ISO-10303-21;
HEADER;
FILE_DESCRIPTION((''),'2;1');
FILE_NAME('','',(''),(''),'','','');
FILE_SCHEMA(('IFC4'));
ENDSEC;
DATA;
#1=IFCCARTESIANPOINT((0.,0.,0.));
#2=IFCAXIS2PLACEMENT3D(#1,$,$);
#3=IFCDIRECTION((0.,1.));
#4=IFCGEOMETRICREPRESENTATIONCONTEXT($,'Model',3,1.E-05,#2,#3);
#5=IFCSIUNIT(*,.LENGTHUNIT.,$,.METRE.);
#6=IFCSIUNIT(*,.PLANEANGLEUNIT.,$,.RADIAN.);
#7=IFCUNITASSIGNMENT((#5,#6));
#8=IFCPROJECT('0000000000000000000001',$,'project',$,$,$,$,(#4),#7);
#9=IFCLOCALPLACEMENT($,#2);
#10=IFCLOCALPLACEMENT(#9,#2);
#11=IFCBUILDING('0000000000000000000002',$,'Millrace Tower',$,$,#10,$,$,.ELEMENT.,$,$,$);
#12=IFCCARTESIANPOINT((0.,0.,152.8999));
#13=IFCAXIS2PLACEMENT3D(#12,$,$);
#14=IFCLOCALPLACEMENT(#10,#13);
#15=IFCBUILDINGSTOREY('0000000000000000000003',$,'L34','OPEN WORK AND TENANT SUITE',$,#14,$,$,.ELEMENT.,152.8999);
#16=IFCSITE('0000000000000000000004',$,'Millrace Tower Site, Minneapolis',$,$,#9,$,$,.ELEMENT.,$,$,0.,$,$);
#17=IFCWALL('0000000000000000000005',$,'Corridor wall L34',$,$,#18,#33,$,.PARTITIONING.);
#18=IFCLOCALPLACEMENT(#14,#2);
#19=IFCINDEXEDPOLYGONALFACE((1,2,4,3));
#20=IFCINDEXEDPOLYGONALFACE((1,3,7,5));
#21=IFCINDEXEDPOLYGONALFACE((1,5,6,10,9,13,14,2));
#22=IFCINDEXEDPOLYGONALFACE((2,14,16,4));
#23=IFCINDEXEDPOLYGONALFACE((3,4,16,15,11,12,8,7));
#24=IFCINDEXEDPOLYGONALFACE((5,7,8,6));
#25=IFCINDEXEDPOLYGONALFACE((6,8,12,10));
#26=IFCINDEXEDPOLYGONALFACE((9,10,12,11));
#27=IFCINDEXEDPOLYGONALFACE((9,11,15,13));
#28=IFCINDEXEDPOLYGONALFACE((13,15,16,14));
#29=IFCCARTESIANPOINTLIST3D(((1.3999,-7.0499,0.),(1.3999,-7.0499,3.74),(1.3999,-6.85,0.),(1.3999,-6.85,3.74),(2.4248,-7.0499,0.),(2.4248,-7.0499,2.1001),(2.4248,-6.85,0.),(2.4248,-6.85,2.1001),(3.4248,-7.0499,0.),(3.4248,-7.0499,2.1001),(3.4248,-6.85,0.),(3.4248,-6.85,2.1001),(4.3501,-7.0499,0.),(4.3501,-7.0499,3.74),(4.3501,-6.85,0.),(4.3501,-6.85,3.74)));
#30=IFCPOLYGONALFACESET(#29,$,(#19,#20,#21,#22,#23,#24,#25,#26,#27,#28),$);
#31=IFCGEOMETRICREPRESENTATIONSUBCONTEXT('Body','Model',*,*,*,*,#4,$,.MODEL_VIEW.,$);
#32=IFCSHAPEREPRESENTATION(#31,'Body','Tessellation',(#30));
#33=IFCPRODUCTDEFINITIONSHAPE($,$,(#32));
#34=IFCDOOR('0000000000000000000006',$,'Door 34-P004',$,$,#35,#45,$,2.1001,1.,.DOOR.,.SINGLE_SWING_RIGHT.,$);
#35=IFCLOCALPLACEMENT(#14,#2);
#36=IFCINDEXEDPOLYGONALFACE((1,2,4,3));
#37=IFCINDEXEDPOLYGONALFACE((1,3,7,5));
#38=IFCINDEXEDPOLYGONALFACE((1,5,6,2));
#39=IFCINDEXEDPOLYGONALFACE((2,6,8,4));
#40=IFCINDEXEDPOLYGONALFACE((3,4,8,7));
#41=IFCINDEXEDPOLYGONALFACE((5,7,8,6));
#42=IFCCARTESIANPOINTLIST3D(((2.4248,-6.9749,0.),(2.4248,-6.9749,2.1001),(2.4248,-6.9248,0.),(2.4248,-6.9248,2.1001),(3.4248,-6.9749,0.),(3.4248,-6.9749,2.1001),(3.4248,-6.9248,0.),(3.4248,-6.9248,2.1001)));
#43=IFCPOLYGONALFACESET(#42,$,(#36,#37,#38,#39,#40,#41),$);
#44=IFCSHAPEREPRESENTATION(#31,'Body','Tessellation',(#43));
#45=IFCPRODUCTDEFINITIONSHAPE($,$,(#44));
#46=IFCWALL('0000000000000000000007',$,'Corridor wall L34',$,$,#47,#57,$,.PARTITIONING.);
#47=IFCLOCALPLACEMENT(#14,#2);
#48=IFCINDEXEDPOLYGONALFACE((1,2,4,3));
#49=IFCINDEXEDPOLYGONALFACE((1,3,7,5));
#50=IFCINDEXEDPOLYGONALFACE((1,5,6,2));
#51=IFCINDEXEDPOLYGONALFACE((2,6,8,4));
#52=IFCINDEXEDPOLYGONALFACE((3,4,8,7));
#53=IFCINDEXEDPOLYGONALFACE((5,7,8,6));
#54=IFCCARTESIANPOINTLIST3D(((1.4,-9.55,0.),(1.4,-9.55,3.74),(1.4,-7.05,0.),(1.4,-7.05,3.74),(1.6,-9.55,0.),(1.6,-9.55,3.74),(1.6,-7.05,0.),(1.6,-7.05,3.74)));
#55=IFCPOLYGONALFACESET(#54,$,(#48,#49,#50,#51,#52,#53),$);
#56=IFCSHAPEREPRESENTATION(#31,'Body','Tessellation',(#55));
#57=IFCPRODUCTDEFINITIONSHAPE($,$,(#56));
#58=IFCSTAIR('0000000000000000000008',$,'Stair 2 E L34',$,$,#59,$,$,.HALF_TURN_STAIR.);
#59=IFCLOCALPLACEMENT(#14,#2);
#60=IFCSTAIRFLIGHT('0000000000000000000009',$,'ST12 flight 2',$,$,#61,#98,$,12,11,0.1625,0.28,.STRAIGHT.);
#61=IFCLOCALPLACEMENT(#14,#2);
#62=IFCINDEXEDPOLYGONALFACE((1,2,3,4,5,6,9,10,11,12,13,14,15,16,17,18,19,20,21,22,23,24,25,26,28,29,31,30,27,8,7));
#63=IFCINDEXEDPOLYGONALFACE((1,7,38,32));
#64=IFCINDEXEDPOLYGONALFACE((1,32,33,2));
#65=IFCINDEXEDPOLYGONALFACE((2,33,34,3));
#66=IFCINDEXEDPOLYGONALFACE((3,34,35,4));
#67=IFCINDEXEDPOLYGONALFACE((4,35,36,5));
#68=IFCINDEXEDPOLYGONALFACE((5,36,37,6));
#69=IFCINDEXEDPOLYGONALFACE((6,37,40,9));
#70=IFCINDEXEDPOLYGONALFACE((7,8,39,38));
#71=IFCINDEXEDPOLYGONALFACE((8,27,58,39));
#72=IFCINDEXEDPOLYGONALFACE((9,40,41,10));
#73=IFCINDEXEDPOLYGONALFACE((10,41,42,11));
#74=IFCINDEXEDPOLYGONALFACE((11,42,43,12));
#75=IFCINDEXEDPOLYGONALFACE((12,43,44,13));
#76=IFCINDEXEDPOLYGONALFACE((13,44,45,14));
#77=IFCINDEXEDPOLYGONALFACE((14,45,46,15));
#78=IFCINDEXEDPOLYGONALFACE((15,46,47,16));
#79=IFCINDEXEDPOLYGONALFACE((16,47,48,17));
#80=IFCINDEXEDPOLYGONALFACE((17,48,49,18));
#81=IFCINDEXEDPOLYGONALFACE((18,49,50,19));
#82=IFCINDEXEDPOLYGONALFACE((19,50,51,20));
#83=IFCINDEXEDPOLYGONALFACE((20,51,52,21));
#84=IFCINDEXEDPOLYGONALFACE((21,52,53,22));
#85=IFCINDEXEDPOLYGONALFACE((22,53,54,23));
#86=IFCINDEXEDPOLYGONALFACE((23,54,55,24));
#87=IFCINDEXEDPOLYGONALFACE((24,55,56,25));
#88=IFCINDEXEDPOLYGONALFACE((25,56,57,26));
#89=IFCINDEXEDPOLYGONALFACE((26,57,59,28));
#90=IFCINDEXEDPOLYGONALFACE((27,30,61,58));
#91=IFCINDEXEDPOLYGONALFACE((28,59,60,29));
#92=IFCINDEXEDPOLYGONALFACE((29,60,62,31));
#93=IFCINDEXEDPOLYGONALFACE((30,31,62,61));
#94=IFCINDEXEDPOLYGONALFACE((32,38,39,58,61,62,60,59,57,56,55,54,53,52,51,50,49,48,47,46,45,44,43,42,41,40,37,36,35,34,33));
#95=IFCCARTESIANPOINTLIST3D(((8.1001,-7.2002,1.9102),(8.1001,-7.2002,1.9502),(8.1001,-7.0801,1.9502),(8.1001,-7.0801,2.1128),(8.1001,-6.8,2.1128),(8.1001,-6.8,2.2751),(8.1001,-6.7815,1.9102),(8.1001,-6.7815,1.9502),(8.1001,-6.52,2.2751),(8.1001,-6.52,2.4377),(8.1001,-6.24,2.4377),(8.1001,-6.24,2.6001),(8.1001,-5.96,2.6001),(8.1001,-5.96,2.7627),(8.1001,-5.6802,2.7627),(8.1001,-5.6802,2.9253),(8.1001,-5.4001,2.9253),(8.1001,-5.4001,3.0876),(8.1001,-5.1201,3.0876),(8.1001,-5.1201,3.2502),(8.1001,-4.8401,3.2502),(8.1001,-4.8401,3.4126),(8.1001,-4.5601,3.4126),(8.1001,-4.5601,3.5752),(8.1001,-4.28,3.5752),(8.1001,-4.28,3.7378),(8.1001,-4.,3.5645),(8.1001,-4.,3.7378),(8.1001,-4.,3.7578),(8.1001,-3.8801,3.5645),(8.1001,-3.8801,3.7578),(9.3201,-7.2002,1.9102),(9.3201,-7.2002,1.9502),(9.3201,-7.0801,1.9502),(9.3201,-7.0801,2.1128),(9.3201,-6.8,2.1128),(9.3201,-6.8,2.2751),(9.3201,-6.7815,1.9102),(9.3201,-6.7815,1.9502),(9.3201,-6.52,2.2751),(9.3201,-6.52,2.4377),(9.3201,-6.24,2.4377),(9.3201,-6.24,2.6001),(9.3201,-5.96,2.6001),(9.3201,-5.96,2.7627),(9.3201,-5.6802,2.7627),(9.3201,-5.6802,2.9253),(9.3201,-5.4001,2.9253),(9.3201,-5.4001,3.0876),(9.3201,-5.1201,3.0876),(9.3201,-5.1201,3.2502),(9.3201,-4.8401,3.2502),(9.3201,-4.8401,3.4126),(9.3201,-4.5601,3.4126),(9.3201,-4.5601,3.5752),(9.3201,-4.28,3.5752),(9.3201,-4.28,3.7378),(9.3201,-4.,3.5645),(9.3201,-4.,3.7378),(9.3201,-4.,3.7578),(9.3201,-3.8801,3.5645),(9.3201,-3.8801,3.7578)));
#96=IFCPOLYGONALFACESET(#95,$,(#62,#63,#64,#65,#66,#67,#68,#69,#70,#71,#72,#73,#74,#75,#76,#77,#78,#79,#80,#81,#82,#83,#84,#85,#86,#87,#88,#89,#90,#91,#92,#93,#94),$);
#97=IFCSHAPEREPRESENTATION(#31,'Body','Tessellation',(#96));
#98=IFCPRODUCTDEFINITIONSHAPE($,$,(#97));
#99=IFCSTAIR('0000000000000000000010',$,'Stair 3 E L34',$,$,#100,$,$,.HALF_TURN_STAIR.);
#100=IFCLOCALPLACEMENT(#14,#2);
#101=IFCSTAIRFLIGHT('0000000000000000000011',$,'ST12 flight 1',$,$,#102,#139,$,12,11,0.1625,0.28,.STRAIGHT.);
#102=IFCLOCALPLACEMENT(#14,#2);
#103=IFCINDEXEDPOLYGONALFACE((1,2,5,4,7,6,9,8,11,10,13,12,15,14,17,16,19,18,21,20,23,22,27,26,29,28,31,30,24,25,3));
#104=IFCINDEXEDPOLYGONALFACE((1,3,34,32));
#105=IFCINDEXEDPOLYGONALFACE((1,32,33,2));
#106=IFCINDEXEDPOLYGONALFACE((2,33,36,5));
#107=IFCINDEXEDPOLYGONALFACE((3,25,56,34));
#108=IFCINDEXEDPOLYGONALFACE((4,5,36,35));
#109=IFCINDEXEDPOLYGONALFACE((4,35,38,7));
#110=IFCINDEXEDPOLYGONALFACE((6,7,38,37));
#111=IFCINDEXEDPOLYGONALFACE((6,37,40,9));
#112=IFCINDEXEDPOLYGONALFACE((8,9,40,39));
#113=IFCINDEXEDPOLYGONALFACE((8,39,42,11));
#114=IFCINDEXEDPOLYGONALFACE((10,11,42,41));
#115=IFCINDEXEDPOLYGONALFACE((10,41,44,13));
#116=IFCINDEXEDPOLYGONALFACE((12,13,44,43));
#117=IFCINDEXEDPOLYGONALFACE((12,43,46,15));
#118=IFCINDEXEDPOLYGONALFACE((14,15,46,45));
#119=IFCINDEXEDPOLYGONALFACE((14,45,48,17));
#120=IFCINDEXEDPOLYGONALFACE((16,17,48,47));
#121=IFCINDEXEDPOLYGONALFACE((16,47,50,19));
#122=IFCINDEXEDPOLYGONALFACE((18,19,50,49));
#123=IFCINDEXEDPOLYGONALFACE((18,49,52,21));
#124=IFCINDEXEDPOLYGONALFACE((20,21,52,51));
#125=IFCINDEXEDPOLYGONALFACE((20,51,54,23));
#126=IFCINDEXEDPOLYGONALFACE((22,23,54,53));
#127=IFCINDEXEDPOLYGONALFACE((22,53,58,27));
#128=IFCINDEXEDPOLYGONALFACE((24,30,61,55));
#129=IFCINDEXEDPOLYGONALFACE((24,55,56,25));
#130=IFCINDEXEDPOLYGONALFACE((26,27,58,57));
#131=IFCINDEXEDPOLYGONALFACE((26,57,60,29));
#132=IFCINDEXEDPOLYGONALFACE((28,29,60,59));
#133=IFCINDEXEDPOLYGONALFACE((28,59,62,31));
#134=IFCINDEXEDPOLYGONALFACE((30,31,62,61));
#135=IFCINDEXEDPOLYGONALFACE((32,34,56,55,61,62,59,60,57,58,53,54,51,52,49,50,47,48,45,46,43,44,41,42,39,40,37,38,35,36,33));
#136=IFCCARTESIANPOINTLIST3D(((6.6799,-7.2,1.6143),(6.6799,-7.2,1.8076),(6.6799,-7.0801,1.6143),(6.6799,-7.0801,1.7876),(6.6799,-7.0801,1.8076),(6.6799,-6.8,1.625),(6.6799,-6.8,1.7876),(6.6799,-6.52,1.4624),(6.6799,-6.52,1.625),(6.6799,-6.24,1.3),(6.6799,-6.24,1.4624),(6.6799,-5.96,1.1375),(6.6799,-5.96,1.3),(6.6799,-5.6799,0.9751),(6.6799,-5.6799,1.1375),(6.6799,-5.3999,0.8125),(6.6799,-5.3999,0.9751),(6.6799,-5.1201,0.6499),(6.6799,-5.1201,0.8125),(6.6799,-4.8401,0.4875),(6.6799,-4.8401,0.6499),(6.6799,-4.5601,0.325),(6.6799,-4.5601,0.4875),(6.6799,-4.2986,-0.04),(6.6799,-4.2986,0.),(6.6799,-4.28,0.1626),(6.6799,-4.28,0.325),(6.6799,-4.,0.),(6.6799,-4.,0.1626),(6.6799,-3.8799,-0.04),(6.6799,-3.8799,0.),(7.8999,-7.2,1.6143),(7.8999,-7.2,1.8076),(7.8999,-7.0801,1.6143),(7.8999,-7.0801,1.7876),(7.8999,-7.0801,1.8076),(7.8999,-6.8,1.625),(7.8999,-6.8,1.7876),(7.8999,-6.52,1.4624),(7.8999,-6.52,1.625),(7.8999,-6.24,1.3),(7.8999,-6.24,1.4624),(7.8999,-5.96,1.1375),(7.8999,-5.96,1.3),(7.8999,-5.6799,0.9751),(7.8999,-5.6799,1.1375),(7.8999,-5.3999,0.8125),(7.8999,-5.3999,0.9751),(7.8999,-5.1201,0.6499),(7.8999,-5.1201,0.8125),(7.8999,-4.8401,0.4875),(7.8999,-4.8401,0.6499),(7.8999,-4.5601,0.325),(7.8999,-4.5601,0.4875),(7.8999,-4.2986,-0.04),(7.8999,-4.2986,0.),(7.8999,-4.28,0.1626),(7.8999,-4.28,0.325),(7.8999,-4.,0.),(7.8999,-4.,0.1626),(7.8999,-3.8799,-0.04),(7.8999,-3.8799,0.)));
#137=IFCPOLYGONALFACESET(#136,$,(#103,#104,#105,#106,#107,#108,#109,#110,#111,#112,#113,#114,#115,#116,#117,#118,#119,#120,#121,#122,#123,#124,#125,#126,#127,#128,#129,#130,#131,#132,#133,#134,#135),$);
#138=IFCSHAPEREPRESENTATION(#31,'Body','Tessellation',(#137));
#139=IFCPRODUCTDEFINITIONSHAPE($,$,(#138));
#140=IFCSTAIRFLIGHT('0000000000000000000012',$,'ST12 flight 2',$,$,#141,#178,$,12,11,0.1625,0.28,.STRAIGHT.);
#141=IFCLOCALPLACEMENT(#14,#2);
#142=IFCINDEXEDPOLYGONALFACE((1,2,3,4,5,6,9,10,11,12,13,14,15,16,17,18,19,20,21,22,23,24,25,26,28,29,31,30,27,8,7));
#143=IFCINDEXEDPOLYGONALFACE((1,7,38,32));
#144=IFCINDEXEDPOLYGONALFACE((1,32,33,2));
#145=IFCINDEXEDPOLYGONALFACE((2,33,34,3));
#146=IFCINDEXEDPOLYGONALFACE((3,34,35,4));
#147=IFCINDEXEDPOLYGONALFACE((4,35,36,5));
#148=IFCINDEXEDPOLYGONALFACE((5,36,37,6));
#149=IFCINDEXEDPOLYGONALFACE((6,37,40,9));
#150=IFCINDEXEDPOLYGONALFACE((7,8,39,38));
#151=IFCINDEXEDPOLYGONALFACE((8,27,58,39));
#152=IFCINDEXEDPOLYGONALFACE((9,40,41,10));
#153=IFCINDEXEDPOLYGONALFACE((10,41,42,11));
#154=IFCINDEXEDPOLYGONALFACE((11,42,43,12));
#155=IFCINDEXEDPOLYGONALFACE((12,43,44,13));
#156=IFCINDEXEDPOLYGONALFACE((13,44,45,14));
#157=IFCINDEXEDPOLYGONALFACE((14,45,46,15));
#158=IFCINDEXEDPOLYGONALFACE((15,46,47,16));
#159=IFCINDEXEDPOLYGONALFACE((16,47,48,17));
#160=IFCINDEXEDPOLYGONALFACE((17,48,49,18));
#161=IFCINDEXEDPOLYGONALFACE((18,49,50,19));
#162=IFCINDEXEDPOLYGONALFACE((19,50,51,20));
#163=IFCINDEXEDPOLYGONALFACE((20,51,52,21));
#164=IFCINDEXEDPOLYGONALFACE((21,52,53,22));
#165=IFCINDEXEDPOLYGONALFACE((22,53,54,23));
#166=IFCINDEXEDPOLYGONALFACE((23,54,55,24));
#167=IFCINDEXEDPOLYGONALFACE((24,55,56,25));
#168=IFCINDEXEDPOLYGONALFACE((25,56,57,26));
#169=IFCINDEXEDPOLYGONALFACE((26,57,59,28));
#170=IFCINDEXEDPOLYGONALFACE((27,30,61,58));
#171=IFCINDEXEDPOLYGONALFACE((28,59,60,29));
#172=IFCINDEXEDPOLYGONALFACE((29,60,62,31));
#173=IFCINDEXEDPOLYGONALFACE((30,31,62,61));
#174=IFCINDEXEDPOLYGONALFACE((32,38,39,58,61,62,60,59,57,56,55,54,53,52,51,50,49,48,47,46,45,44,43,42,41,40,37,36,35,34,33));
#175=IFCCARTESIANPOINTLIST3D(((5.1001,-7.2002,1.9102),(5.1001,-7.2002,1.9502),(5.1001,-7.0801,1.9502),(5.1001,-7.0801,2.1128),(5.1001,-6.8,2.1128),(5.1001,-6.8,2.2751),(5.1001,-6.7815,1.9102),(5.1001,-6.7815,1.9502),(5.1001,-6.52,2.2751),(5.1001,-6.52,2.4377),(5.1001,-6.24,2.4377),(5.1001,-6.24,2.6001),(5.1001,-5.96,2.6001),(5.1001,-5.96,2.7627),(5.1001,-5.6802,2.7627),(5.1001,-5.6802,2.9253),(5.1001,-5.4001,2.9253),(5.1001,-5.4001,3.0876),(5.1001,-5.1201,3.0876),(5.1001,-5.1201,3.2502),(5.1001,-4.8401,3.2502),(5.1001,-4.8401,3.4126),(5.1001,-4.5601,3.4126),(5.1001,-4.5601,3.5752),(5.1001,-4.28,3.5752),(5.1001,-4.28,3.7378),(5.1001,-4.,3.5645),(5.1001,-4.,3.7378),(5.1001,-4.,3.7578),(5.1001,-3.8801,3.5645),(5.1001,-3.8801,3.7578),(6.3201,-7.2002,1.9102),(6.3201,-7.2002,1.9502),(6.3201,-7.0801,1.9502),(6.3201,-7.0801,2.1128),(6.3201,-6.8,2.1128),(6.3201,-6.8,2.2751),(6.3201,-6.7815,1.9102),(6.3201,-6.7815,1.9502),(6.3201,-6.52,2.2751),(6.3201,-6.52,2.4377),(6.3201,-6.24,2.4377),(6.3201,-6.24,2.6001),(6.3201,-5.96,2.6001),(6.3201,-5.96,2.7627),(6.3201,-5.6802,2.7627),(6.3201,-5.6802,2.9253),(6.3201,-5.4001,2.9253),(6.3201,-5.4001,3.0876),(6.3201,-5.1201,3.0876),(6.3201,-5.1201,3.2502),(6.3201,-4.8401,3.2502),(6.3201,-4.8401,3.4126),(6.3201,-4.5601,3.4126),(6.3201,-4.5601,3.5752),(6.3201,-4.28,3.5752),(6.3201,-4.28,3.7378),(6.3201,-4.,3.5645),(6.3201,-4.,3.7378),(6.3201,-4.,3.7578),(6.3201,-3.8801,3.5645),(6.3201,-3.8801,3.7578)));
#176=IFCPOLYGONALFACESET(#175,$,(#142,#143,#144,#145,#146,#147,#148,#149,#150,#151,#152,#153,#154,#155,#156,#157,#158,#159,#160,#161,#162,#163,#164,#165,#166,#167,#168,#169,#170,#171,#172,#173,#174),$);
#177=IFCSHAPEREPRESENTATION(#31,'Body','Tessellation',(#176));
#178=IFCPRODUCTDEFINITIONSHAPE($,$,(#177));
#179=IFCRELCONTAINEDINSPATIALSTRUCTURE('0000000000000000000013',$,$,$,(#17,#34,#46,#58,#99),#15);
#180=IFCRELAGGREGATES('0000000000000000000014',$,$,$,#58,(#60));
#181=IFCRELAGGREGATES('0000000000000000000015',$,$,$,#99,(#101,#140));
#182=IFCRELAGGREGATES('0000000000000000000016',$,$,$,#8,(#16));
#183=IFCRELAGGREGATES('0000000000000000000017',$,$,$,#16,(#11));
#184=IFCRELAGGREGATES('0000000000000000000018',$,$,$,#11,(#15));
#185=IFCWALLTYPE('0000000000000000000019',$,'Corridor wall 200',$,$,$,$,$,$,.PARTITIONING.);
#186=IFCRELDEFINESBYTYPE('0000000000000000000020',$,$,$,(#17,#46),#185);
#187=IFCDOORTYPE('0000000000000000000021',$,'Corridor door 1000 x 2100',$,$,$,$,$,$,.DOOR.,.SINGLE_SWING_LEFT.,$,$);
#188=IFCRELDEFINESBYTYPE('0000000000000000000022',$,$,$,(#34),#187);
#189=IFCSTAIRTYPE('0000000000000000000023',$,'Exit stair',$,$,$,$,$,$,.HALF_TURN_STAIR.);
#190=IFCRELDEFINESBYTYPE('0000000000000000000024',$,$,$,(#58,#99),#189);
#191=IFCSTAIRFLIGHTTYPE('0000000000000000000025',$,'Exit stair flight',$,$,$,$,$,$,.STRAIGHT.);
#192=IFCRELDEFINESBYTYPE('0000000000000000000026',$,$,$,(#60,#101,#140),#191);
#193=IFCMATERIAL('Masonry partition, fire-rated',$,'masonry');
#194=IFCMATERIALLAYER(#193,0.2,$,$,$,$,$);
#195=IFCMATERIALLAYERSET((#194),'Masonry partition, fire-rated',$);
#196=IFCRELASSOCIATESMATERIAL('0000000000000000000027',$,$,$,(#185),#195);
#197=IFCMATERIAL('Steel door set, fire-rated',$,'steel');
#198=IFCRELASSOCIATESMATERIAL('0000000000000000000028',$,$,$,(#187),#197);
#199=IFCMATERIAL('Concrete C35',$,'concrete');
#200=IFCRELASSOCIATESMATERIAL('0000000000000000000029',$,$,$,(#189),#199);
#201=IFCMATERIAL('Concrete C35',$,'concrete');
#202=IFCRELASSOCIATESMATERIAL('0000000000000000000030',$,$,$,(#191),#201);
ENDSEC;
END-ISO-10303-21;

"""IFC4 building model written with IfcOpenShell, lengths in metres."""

from ifc_helpers import new_model, si_unit, direction, frame, frame_2d, origin, place, context, subcontext, project, spatial, polyline, rectangle, outline, extrude, material, layer, layer_set, type_object, element, fill, aggregate, save


model = new_model("IFC4")

# Units and contexts
model_context = context("Model", 3, precision=1e-05, world=origin(), true_north=direction((0.0, 1.0)))
body_context = subcontext(model_context, "Body", "Model", "MODEL_VIEW")
ifc_project = project(units=[si_unit("LENGTHUNIT", "METRE"), si_unit("PLANEANGLEUNIT", "RADIAN")], contexts=[model_context])

# Site, building, storey
site_placement = place(None, origin())
site = spatial("IfcSite", under=ifc_project, at=site_placement, Name="Millrace Tower Site, Minneapolis", CompositionType="ELEMENT", RefElevation=0.0)
building_placement = place(site_placement, origin())
building = spatial("IfcBuilding", under=site, at=building_placement, Name="Millrace Tower", CompositionType="ELEMENT")
storey_placement = place(building_placement, frame((0.0, 0.0, 152.8999)))
storey = spatial("IfcBuildingStorey", under=building, at=storey_placement, Name="L34", Description="OPEN WORK AND TENANT SUITE", CompositionType="ELEMENT", Elevation=152.8999)

# Shared definitions
placement = place(storey_placement, origin())

# Shared definitions
ifc_material_1 = material(Name="Masonry partition, fire-rated", Category="masonry")
ifc_layer_1 = layer(ifc_material_1, 0.2)
ifc_layer_set_1 = layer_set([ifc_layer_1], Name="Masonry partition, fire-rated")
wall_type = type_object("IfcWallType", Name="Corridor wall 200", PredefinedType="PARTITIONING", material=ifc_layer_set_1)

# Wall, opening, door
wall_1_placement = place(storey_placement, frame((1.3999, -6.95, 0.0), z_axis=(0.0, 0.0, 1.0), x_axis=(1.0, 0.0, 0.0)))
wall_1 = element("IfcWall", 1, at=wall_1_placement, inside=storey, type_object=wall_type, Name="Corridor wall L34", PredefinedType="PARTITIONING", context=body_context, shape_type="SweptSolid", body=[
    extrude(rectangle(XDim=2.9502, YDim=0.2, at=frame_2d((1.4751, 0.0))), origin(), (0.0, 0.0, 1.0), 3.74),
])
opening_placement = place(wall_1_placement, frame((1.0249, 0.0, 0.0)))
opening = element("IfcOpeningElement", 2, at=opening_placement, cuts=wall_1, PredefinedType="OPENING", context=body_context, shape_type="SweptSolid", body=[
    extrude(rectangle(XDim=1.0, YDim=2.1001, at=frame_2d((0.5, 1.05))), frame((0.0, 0.1099, 0.0), z_axis=(0.0, -1.0, 0.0), x_axis=(1.0, 0.0, 0.0)), (0.0, 0.0, 1.0), 0.22),
])
ifc_material_2 = material(Name="Steel door set, fire-rated", Category="steel")
door_type = type_object("IfcDoorType", Name="Corridor door 1000 x 2100", OperationType="SINGLE_SWING_LEFT", PredefinedType="DOOR", material=ifc_material_2)
door_placement = place(opening_placement, frame((1.0, 0.0, 0.0), z_axis=(0.0, 0.0, 1.0), x_axis=(-1.0, 0.0, 0.0)))
door = element("IfcDoor", 3, at=door_placement, inside=storey, type_object=door_type, Name="Door 34-P004", OperationType="SINGLE_SWING_RIGHT", OverallHeight=2.1001, OverallWidth=1.0, PredefinedType="DOOR", context=body_context, shape_type="SweptSolid", body=[
    extrude(rectangle(XDim=1.0, YDim=2.1001, at=frame_2d((0.5, 1.05))), frame((0.0, 0.0249, 0.0), z_axis=(0.0, -1.0, 0.0), x_axis=(1.0, 0.0, 0.0)), (0.0, 0.0, 1.0), 0.05),
])
fill(opening, door)

# Wall
wall_2_placement = place(storey_placement, frame((1.5, -9.55, 0.0), z_axis=(0.0, 0.0, 1.0), x_axis=(0.0, 1.0, 0.0)))
element("IfcWall", 4, at=wall_2_placement, inside=storey, type_object=wall_type, Name="Corridor wall L34", PredefinedType="PARTITIONING", context=body_context, shape_type="SweptSolid", body=[
    extrude(rectangle(XDim=2.5, YDim=0.2, at=frame_2d((1.25, 0.0))), origin(), (0.0, 0.0, 1.0), 3.74),
])

# Stair, stair flight
ifc_material_3 = material(Name="Concrete C35", Category="concrete")
stair_type = type_object("IfcStairType", Name="Exit stair", PredefinedType="HALF_TURN_STAIR", material=ifc_material_3)
stair_1 = element("IfcStair", 5, at=placement, inside=storey, type_object=stair_type, Name="Stair 2 E L34", PredefinedType="HALF_TURN_STAIR")
ifc_material_4 = material(Name="Concrete C35", Category="concrete")
stair_flight_type = type_object("IfcStairFlightType", Name="Exit stair flight", PredefinedType="STRAIGHT", material=ifc_material_4)
stair_flight_1_placement = place(storey_placement, frame((8.71, -7.0801, 1.9502), z_axis=(0.0, 0.0, 1.0), x_axis=(0.0, 1.0, 0.0)))
stair_flight_1 = element("IfcStairFlight", 6, at=stair_flight_1_placement, type_object=stair_flight_type, Name="ST12 flight 2", NumberOfRisers=12, NumberOfTreads=11, PredefinedType="STRAIGHT", RiserHeight=0.1625, TreadLength=0.28, context=body_context, shape_type="SweptSolid", body=[
    extrude(outline(polyline([(-0.1201, -0.04), (-0.1201, 0.0), (0.0, 0.0), (0.0, 0.1626), (0.28, 0.1626), (0.28, 0.325), (0.5601, 0.325), (0.5601, 0.4875), (0.8401, 0.4875), (0.8401, 0.6499), (1.1201, 0.6499), (1.1201, 0.8125), (1.3999, 0.8125), (1.3999, 0.9751), (1.6799, 0.9751), (1.6799, 1.1375), (1.96, 1.1375), (1.96, 1.3), (2.24, 1.3), (2.24, 1.4624), (2.52, 1.4624), (2.52, 1.625), (2.8, 1.625), (2.8, 1.7876), (3.0801, 1.7876), (3.0801, 1.8076), (3.2, 1.8076), (3.2, 1.6143), (3.0801, 1.6143), (0.2986, 0.0), (0.2986, -0.04), (-0.1201, -0.04)])), frame((0.0, 0.6099, 0.0), z_axis=(0.0, -1.0, 0.0), x_axis=(1.0, 0.0, 0.0)), (0.0, 0.0, 1.0), 1.22),
])
aggregate(stair_1, [stair_flight_1])

# Stair, stair flights
stair_2 = element("IfcStair", 7, at=placement, inside=storey, type_object=stair_type, Name="Stair 3 E L34", PredefinedType="HALF_TURN_STAIR")
stair_flight_2_placement = place(storey_placement, frame((7.29, -4.0, 0.0), z_axis=(0.0, 0.0, 1.0), x_axis=(0.0, -1.0, 0.0)))
stair_flight_2 = element("IfcStairFlight", 8, at=stair_flight_2_placement, type_object=stair_flight_type, Name="ST12 flight 1", NumberOfRisers=12, NumberOfTreads=11, PredefinedType="STRAIGHT", RiserHeight=0.1625, TreadLength=0.28, context=body_context, shape_type="SweptSolid", body=[
    extrude(outline(polyline([(-0.1201, -0.04), (-0.1201, 0.0), (0.0, 0.0), (0.0, 0.1626), (0.28, 0.1626), (0.28, 0.325), (0.5601, 0.325), (0.5601, 0.4875), (0.8401, 0.4875), (0.8401, 0.6499), (1.1201, 0.6499), (1.1201, 0.8125), (1.3999, 0.8125), (1.3999, 0.9751), (1.6799, 0.9751), (1.6799, 1.1375), (1.96, 1.1375), (1.96, 1.3), (2.24, 1.3), (2.24, 1.4624), (2.52, 1.4624), (2.52, 1.625), (2.8, 1.625), (2.8, 1.7876), (3.0801, 1.7876), (3.0801, 1.8076), (3.2, 1.8076), (3.2, 1.6143), (3.0801, 1.6143), (0.2986, 0.0), (0.2986, -0.04), (-0.1201, -0.04)])), frame((0.0, 0.6099, 0.0), z_axis=(0.0, -1.0, 0.0), x_axis=(1.0, 0.0, 0.0)), (0.0, 0.0, 1.0), 1.22),
])
stair_flight_3_placement = place(storey_placement, frame((5.71, -7.0801, 1.9502), z_axis=(0.0, 0.0, 1.0), x_axis=(0.0, 1.0, 0.0)))
stair_flight_3 = element("IfcStairFlight", 9, at=stair_flight_3_placement, type_object=stair_flight_type, Name="ST12 flight 2", NumberOfRisers=12, NumberOfTreads=11, PredefinedType="STRAIGHT", RiserHeight=0.1625, TreadLength=0.28, context=body_context, shape_type="SweptSolid", body=[
    extrude(outline(polyline([(-0.1201, -0.04), (-0.1201, 0.0), (0.0, 0.0), (0.0, 0.1626), (0.28, 0.1626), (0.28, 0.325), (0.5601, 0.325), (0.5601, 0.4875), (0.8401, 0.4875), (0.8401, 0.6499), (1.1201, 0.6499), (1.1201, 0.8125), (1.3999, 0.8125), (1.3999, 0.9751), (1.6799, 0.9751), (1.6799, 1.1375), (1.96, 1.1375), (1.96, 1.3), (2.24, 1.3), (2.24, 1.4624), (2.52, 1.4624), (2.52, 1.625), (2.8, 1.625), (2.8, 1.7876), (3.0801, 1.7876), (3.0801, 1.8076), (3.2, 1.8076), (3.2, 1.6143), (3.0801, 1.6143), (0.2986, 0.0), (0.2986, -0.04), (-0.1201, -0.04)])), frame((0.0, 0.6099, 0.0), z_axis=(0.0, -1.0, 0.0), x_axis=(1.0, 0.0, 0.0)), (0.0, 0.0, 1.0), 1.22),
])
aggregate(stair_2, [stair_flight_2, stair_flight_3])

save(model, "model.ifc")
